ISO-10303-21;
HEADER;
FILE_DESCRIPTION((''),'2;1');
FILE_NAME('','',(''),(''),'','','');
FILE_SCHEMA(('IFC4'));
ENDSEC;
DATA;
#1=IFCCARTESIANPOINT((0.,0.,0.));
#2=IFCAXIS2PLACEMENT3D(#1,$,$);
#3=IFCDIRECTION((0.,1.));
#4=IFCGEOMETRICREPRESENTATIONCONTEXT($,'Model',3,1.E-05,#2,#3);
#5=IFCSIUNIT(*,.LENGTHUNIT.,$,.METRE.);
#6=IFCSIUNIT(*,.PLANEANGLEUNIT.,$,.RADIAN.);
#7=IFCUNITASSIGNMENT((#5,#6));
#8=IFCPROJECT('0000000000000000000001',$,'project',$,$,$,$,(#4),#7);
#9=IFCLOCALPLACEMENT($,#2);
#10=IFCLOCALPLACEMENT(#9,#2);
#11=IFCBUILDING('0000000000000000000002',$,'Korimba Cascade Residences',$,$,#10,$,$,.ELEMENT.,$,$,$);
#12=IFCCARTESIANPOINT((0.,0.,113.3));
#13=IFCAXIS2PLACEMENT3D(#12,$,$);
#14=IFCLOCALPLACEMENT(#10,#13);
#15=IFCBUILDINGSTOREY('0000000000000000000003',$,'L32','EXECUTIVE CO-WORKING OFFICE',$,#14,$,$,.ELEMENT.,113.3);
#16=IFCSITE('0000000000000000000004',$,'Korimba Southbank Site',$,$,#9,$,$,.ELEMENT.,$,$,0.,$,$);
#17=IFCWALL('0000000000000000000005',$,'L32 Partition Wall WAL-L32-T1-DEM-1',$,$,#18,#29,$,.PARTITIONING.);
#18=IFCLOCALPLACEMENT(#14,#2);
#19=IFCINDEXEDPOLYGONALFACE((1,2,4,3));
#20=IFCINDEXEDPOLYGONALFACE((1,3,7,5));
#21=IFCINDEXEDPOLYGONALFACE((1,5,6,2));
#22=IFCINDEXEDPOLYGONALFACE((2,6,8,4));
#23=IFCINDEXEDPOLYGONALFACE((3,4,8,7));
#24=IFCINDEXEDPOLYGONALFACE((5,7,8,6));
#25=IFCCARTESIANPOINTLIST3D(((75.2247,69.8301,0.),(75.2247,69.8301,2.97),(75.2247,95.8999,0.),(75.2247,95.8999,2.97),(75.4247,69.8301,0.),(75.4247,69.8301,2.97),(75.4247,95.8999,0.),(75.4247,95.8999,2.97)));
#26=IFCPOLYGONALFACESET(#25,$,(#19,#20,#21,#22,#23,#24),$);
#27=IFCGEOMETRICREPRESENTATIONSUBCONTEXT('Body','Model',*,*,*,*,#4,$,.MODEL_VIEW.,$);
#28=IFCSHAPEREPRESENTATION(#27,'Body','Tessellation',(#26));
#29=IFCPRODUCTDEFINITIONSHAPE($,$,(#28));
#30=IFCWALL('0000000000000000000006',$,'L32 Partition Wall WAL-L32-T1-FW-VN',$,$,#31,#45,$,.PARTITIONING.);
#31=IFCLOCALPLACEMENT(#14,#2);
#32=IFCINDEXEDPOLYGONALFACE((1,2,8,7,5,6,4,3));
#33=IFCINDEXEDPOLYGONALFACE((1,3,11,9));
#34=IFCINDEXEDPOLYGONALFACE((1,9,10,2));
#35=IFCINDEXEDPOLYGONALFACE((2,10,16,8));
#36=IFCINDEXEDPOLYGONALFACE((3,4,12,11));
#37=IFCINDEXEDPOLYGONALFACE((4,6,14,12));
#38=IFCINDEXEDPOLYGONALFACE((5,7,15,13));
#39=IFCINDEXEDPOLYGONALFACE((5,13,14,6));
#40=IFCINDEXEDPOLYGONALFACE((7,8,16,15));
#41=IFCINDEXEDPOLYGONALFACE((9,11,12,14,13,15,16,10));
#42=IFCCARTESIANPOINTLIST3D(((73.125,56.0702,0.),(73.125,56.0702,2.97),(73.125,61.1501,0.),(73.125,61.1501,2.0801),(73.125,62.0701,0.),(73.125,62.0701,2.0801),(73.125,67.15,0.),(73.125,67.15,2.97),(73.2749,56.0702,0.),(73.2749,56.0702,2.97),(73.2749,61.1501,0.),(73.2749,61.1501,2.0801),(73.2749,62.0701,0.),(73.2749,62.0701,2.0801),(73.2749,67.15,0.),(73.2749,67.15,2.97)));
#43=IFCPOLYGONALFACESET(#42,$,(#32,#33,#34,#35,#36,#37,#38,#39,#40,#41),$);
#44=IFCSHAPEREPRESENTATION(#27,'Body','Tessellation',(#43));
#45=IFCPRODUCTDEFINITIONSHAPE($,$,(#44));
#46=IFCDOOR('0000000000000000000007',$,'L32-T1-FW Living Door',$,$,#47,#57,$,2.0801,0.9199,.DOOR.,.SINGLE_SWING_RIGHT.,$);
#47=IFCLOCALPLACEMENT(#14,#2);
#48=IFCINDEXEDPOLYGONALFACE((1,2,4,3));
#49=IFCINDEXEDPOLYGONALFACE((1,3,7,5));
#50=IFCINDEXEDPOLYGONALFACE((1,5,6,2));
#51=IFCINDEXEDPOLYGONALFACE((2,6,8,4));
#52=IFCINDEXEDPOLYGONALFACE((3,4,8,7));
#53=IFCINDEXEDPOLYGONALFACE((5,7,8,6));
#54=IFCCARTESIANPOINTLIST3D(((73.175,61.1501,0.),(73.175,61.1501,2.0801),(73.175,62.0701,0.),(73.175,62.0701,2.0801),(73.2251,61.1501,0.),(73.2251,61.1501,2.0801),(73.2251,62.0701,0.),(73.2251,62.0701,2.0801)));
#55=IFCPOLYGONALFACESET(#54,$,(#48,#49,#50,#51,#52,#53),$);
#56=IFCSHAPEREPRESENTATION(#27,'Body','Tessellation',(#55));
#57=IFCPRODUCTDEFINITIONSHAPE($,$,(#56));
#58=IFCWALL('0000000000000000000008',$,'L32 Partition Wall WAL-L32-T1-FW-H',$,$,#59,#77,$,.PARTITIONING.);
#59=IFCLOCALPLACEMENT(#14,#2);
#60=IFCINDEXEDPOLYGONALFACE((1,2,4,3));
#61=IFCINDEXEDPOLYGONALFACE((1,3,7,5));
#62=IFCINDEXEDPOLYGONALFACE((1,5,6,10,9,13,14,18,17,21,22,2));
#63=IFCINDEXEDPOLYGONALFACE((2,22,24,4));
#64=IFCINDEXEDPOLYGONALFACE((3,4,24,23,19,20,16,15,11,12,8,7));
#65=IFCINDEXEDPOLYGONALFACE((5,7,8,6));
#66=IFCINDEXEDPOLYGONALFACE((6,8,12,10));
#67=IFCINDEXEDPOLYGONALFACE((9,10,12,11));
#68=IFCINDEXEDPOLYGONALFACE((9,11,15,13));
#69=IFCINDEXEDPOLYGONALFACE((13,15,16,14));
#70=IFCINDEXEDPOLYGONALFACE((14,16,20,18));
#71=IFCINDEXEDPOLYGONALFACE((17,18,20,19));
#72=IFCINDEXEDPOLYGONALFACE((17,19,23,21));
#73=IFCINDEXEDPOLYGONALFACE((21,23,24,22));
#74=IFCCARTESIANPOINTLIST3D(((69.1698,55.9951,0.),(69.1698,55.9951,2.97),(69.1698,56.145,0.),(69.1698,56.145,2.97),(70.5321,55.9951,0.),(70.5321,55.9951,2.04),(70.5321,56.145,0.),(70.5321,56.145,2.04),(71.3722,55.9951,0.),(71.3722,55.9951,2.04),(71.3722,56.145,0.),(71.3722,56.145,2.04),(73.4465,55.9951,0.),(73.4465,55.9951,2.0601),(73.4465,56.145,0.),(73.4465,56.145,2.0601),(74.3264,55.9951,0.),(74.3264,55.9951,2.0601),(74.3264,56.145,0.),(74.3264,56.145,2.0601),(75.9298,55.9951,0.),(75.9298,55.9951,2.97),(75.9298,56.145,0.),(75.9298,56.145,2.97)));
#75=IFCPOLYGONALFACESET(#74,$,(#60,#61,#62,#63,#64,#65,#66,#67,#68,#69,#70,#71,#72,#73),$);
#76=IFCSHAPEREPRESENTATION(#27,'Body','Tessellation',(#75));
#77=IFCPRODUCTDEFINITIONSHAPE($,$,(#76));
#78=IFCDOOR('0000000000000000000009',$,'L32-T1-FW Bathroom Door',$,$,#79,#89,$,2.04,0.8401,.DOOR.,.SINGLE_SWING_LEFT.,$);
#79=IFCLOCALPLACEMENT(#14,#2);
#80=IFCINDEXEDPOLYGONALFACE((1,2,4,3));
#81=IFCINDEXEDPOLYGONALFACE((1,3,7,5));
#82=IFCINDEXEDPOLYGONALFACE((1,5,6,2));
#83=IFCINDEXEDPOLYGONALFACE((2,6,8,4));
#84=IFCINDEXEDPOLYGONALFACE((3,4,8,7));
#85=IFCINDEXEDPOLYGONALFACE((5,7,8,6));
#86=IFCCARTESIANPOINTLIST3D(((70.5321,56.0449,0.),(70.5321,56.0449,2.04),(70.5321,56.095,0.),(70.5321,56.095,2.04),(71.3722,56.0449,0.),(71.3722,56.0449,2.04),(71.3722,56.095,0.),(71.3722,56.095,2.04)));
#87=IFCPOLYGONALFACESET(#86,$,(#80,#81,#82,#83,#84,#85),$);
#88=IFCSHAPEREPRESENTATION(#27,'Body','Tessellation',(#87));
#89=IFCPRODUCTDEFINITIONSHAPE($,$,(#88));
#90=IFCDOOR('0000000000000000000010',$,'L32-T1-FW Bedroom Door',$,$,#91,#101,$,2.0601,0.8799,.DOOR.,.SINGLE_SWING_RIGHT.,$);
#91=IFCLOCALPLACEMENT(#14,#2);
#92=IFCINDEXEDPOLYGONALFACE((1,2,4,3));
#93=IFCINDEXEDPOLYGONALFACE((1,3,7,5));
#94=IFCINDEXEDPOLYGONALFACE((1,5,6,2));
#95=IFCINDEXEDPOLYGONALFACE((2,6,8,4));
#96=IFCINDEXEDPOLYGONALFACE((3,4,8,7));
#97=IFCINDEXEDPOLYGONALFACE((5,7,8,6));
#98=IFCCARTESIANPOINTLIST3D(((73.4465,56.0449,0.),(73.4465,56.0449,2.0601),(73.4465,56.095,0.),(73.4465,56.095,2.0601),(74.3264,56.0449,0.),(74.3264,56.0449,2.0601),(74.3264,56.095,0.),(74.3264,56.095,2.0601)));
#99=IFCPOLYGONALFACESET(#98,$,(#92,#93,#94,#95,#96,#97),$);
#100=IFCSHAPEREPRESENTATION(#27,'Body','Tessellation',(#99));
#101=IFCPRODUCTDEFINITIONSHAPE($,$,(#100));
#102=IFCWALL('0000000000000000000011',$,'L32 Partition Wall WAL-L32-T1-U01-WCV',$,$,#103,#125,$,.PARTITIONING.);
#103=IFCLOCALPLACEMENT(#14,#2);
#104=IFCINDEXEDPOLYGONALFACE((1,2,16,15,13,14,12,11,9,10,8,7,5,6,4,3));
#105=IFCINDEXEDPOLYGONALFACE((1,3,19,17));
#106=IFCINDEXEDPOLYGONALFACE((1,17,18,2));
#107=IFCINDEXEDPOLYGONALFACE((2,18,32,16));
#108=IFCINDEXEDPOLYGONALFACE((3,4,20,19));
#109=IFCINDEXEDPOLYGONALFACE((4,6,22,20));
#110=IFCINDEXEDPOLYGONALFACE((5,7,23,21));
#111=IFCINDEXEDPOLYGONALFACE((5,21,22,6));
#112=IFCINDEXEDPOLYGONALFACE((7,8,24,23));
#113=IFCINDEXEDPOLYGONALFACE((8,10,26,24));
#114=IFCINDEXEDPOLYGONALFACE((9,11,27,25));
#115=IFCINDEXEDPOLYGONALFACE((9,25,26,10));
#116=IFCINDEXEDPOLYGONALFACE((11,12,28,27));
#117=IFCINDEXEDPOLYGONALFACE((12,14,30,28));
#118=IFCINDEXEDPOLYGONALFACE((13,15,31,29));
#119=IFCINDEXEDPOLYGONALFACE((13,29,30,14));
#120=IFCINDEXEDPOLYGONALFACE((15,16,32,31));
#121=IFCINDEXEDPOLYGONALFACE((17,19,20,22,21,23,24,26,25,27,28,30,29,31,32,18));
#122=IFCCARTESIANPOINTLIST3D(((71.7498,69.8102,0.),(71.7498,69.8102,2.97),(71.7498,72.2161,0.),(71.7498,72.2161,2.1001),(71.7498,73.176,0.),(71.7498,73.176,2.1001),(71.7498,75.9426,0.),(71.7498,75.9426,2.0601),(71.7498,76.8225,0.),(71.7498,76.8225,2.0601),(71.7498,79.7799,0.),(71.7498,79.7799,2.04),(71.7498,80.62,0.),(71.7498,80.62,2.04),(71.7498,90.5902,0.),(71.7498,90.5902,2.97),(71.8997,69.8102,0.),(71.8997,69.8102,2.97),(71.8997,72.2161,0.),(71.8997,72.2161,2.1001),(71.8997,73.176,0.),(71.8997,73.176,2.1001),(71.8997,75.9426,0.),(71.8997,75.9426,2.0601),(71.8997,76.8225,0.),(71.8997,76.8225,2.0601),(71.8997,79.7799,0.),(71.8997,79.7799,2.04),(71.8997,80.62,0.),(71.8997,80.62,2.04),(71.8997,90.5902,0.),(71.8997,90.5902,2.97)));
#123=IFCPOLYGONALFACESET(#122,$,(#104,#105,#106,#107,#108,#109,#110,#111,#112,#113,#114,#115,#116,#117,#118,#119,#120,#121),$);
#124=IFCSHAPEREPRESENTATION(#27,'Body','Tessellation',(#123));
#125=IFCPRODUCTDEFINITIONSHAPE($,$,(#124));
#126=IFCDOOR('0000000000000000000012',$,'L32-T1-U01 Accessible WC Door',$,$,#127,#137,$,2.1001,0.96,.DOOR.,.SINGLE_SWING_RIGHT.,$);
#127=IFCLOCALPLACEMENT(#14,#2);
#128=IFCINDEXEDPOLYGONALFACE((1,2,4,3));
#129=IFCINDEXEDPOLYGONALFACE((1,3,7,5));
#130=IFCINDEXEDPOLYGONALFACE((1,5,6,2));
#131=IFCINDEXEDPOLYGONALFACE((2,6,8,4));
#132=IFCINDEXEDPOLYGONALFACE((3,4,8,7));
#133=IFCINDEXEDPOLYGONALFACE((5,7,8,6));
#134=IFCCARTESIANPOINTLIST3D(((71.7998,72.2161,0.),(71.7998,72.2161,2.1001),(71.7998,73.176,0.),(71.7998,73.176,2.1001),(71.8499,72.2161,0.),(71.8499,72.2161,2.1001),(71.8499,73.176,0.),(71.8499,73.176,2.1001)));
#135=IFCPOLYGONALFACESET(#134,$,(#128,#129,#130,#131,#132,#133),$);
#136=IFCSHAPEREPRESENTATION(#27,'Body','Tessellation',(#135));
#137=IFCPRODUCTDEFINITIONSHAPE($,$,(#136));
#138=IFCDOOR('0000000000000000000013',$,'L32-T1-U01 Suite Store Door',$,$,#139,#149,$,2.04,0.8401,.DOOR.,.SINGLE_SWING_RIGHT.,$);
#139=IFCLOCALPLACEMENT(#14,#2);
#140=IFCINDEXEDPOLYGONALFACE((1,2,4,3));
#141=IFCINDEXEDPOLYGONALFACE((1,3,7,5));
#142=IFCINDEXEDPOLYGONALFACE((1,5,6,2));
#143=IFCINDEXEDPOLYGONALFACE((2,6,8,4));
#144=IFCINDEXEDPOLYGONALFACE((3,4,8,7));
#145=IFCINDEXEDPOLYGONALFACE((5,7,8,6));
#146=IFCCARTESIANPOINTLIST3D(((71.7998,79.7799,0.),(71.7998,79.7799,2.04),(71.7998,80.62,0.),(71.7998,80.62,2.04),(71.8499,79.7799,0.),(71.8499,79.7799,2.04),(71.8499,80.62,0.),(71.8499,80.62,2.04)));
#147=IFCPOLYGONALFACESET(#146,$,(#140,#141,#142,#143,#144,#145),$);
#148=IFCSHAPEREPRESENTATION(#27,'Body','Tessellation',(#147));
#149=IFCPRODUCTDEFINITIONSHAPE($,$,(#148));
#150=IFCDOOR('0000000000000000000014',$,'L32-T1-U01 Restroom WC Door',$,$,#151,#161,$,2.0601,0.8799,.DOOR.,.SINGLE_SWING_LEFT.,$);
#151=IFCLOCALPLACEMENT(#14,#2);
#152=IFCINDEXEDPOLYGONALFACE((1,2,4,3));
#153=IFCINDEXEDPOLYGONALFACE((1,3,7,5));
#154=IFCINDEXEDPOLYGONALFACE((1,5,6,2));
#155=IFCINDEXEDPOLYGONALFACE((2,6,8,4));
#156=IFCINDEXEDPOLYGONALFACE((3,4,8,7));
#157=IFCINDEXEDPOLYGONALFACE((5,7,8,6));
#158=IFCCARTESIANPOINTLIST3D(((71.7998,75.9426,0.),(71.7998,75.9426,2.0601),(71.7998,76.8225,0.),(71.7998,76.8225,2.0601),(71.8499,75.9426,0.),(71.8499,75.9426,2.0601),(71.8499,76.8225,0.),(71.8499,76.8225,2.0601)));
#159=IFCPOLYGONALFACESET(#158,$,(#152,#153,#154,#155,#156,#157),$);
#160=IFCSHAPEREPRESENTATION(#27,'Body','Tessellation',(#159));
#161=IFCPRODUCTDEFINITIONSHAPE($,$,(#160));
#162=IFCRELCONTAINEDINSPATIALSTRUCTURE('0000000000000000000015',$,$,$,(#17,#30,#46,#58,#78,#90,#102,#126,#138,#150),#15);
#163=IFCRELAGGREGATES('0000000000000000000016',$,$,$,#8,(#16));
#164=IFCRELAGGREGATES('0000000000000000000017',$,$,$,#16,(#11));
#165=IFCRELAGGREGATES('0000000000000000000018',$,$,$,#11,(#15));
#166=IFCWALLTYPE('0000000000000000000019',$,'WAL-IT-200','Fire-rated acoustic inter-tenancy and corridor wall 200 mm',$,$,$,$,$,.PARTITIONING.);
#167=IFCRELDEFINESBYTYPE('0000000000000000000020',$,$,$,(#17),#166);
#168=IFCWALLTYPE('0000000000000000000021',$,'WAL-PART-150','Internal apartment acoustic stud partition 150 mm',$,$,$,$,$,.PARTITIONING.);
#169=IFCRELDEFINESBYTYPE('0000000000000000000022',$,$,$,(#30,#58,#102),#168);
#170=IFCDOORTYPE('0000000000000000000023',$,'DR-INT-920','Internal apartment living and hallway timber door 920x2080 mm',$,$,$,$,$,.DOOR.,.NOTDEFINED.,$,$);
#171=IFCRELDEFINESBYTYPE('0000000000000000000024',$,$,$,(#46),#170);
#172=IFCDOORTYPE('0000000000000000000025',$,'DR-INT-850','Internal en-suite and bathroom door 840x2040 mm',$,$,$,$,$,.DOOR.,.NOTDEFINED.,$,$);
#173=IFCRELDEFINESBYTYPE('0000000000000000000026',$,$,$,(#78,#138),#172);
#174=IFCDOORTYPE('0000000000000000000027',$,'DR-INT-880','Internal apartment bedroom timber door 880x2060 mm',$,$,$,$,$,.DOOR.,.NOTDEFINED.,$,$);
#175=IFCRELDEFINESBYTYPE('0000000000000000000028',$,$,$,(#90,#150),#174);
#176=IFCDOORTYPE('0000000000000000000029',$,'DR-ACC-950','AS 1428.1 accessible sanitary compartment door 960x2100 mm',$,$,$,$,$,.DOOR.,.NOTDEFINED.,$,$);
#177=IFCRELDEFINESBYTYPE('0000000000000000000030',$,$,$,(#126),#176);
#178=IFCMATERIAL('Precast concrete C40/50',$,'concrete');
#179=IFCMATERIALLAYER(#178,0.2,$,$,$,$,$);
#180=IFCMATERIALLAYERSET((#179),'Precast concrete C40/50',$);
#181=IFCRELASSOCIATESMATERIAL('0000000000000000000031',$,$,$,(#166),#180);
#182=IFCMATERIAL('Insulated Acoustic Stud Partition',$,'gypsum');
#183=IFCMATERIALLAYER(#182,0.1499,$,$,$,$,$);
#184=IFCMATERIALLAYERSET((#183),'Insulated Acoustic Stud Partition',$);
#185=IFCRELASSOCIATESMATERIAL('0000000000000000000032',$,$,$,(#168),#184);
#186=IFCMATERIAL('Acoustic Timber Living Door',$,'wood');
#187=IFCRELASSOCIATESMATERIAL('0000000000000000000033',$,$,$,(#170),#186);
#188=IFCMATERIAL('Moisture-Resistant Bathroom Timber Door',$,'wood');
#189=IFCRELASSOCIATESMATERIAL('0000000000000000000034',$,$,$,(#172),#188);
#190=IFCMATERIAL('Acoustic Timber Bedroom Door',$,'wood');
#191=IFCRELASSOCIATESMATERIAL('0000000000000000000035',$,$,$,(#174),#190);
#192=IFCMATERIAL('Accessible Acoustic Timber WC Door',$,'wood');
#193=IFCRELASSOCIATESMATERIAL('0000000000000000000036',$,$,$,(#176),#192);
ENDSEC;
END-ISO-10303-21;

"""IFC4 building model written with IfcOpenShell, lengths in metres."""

from ifc_helpers import new_model, si_unit, direction, frame, frame_2d, origin, place, context, subcontext, project, spatial, rectangle, extrude, material, layer, layer_set, type_object, element, fill, save


model = new_model("IFC4")

# Units and contexts
model_context = context("Model", 3, precision=1e-05, world=origin(), true_north=direction((0.0, 1.0)))
body_context = subcontext(model_context, "Body", "Model", "MODEL_VIEW")
ifc_project = project(units=[si_unit("LENGTHUNIT", "METRE"), si_unit("PLANEANGLEUNIT", "RADIAN")], contexts=[model_context])

# Site, building, storey
site_placement = place(None, origin())
site = spatial("IfcSite", under=ifc_project, at=site_placement, Name="Korimba Southbank Site", CompositionType="ELEMENT", RefElevation=0.0)
building_placement = place(site_placement, origin())
building = spatial("IfcBuilding", under=site, at=building_placement, Name="Korimba Cascade Residences", CompositionType="ELEMENT")
storey_placement = place(building_placement, frame((0.0, 0.0, 113.3)))
storey = spatial("IfcBuildingStorey", under=building, at=storey_placement, Name="L32", Description="EXECUTIVE CO-WORKING OFFICE", CompositionType="ELEMENT", Elevation=113.3)

# Wall
ifc_material_1 = material(Name="Precast concrete C40/50", Category="concrete")
ifc_layer_1 = layer(ifc_material_1, 0.2)
ifc_layer_set_1 = layer_set([ifc_layer_1], Name="Precast concrete C40/50")
wall_type_1 = type_object("IfcWallType", Name="WAL-IT-200", Description="Fire-rated acoustic inter-tenancy and corridor wall 200 mm", PredefinedType="PARTITIONING", material=ifc_layer_set_1)
wall_1_placement = place(storey_placement, frame((75.3247, 69.8301, 0.0), z_axis=(0.0, 0.0, 1.0), x_axis=(0.0, 1.0, 0.0)))
element("IfcWall", 1, at=wall_1_placement, inside=storey, type_object=wall_type_1, Name="L32 Partition Wall WAL-L32-T1-DEM-1", PredefinedType="PARTITIONING", context=body_context, shape_type="SweptSolid", body=[
    extrude(rectangle(XDim=26.0698, YDim=0.2, at=frame_2d((13.0349, 0.0))), origin(), (0.0, 0.0, 1.0), 2.97),
])

# Wall, opening, door
ifc_material_2 = material(Name="Insulated Acoustic Stud Partition", Category="gypsum")
ifc_layer_2 = layer(ifc_material_2, 0.1499)
ifc_layer_set_2 = layer_set([ifc_layer_2], Name="Insulated Acoustic Stud Partition")
wall_type_2 = type_object("IfcWallType", Name="WAL-PART-150", Description="Internal apartment acoustic stud partition 150 mm", PredefinedType="PARTITIONING", material=ifc_layer_set_2)
wall_2_placement = place(storey_placement, frame((73.2, 56.0701, 0.0), z_axis=(0.0, 0.0, 1.0), x_axis=(0.0, 1.0, 0.0)))
wall_2 = element("IfcWall", 2, at=wall_2_placement, inside=storey, type_object=wall_type_2, Name="L32 Partition Wall WAL-L32-T1-FW-VN", PredefinedType="PARTITIONING", context=body_context, shape_type="SweptSolid", body=[
    extrude(rectangle(XDim=11.0798, YDim=0.1499, at=frame_2d((5.54, 0.0))), origin(), (0.0, 0.0, 1.0), 2.97),
])
opening_1_placement = place(wall_2_placement, frame((5.0801, 0.0, 0.0)))
opening_1 = element("IfcOpeningElement", 3, at=opening_1_placement, cuts=wall_2, PredefinedType="OPENING", context=body_context, shape_type="SweptSolid", body=[
    extrude(rectangle(XDim=0.9199, YDim=2.0801, at=frame_2d((0.46, 1.04))), frame((0.0, 0.085, 0.0), z_axis=(0.0, -1.0, 0.0), x_axis=(1.0, 0.0, 0.0)), (0.0, 0.0, 1.0), 0.1699),
])
ifc_material_3 = material(Name="Acoustic Timber Living Door", Category="wood")
door_type_1 = type_object("IfcDoorType", Name="DR-INT-920", Description="Internal apartment living and hallway timber door 920x2080 mm", OperationType="NOTDEFINED", PredefinedType="DOOR", material=ifc_material_3)
door_1_placement = place(opening_1_placement, origin())
door_1 = element("IfcDoor", 4, at=door_1_placement, inside=storey, type_object=door_type_1, Name="L32-T1-FW Living Door", OperationType="SINGLE_SWING_RIGHT", OverallHeight=2.0801, OverallWidth=0.9199, PredefinedType="DOOR", context=body_context, shape_type="SweptSolid", body=[
    extrude(rectangle(XDim=0.9199, YDim=2.0801, at=frame_2d((0.46, 1.04))), frame((0.0, 0.0249, 0.0), z_axis=(0.0, -1.0, 0.0), x_axis=(1.0, 0.0, 0.0)), (0.0, 0.0, 1.0), 0.05),
])
fill(opening_1, door_1)

# Walls, openings, doors
wall_3_placement = place(storey_placement, frame((69.1699, 56.0701, 0.0), z_axis=(0.0, 0.0, 1.0), x_axis=(1.0, 0.0, 0.0)))
wall_3 = element("IfcWall", 5, at=wall_3_placement, inside=storey, type_object=wall_type_2, Name="L32 Partition Wall WAL-L32-T1-FW-H", PredefinedType="PARTITIONING", context=body_context, shape_type="SweptSolid", body=[
    extrude(rectangle(XDim=6.76, YDim=0.1499, at=frame_2d((3.3799, 0.0))), origin(), (0.0, 0.0, 1.0), 2.97),
])
opening_2_placement = place(wall_3_placement, frame((1.3623, 0.0, 0.0)))
opening_2 = element("IfcOpeningElement", 6, at=opening_2_placement, cuts=wall_3, PredefinedType="OPENING", context=body_context, shape_type="SweptSolid", body=[
    extrude(rectangle(XDim=0.8401, YDim=2.04, at=frame_2d((0.4199, 1.02))), frame((0.0, 0.085, 0.0), z_axis=(0.0, -1.0, 0.0), x_axis=(1.0, 0.0, 0.0)), (0.0, 0.0, 1.0), 0.1699),
])
opening_3_placement = place(wall_3_placement, frame((4.2766, 0.0, 0.0)))
opening_3 = element("IfcOpeningElement", 7, at=opening_3_placement, cuts=wall_3, PredefinedType="OPENING", context=body_context, shape_type="SweptSolid", body=[
    extrude(rectangle(XDim=0.8799, YDim=2.0601, at=frame_2d((0.4399, 1.03))), frame((0.0, 0.085, 0.0), z_axis=(0.0, -1.0, 0.0), x_axis=(1.0, 0.0, 0.0)), (0.0, 0.0, 1.0), 0.1699),
])
ifc_material_4 = material(Name="Moisture-Resistant Bathroom Timber Door", Category="wood")
door_type_2 = type_object("IfcDoorType", Name="DR-INT-850", Description="Internal en-suite and bathroom door 840x2040 mm", OperationType="NOTDEFINED", PredefinedType="DOOR", material=ifc_material_4)
door_2_placement = place(opening_2_placement, origin())
door_2 = element("IfcDoor", 8, at=door_2_placement, inside=storey, type_object=door_type_2, Name="L32-T1-FW Bathroom Door", OperationType="SINGLE_SWING_LEFT", OverallHeight=2.04, OverallWidth=0.8401, PredefinedType="DOOR", context=body_context, shape_type="SweptSolid", body=[
    extrude(rectangle(XDim=0.8401, YDim=2.04, at=frame_2d((0.4199, 1.02))), frame((0.0, 0.0249, 0.0), z_axis=(0.0, -1.0, 0.0), x_axis=(1.0, 0.0, 0.0)), (0.0, 0.0, 1.0), 0.05),
])
fill(opening_2, door_2)
ifc_material_5 = material(Name="Acoustic Timber Bedroom Door", Category="wood")
door_type_3 = type_object("IfcDoorType", Name="DR-INT-880", Description="Internal apartment bedroom timber door 880x2060 mm", OperationType="NOTDEFINED", PredefinedType="DOOR", material=ifc_material_5)
door_3_placement = place(opening_3_placement, origin())
door_3 = element("IfcDoor", 9, at=door_3_placement, inside=storey, type_object=door_type_3, Name="L32-T1-FW Bedroom Door", OperationType="SINGLE_SWING_RIGHT", OverallHeight=2.0601, OverallWidth=0.8799, PredefinedType="DOOR", context=body_context, shape_type="SweptSolid", body=[
    extrude(rectangle(XDim=0.8799, YDim=2.0601, at=frame_2d((0.4399, 1.03))), frame((0.0, 0.0249, 0.0), z_axis=(0.0, -1.0, 0.0), x_axis=(1.0, 0.0, 0.0)), (0.0, 0.0, 1.0), 0.05),
])
fill(opening_3, door_3)
wall_4_placement = place(storey_placement, frame((71.8247, 69.8101, 0.0), z_axis=(0.0, 0.0, 1.0), x_axis=(0.0, 1.0, 0.0)))
wall_4 = element("IfcWall", 10, at=wall_4_placement, inside=storey, type_object=wall_type_2, Name="L32 Partition Wall WAL-L32-T1-U01-WCV", PredefinedType="PARTITIONING", context=body_context, shape_type="SweptSolid", body=[
    extrude(rectangle(XDim=20.78, YDim=0.1499, at=frame_2d((10.3901, 0.0))), origin(), (0.0, 0.0, 1.0), 2.97),
])
opening_4_placement = place(wall_4_placement, frame((2.406, 0.0, 0.0)))
opening_4 = element("IfcOpeningElement", 11, at=opening_4_placement, cuts=wall_4, PredefinedType="OPENING", context=body_context, shape_type="SweptSolid", body=[
    extrude(rectangle(XDim=0.96, YDim=2.1001, at=frame_2d((0.48, 1.05))), frame((0.0, 0.085, 0.0), z_axis=(0.0, -1.0, 0.0), x_axis=(1.0, 0.0, 0.0)), (0.0, 0.0, 1.0), 0.1699),
])
opening_5_placement = place(wall_4_placement, frame((6.1326, 0.0, 0.0)))
opening_5 = element("IfcOpeningElement", 12, at=opening_5_placement, cuts=wall_4, PredefinedType="OPENING", context=body_context, shape_type="SweptSolid", body=[
    extrude(rectangle(XDim=0.8799, YDim=2.0601, at=frame_2d((0.4399, 1.03))), frame((0.0, 0.085, 0.0), z_axis=(0.0, -1.0, 0.0), x_axis=(1.0, 0.0, 0.0)), (0.0, 0.0, 1.0), 0.1699),
])
opening_6_placement = place(wall_4_placement, frame((9.97, 0.0, 0.0)))
opening_6 = element("IfcOpeningElement", 13, at=opening_6_placement, cuts=wall_4, PredefinedType="OPENING", context=body_context, shape_type="SweptSolid", body=[
    extrude(rectangle(XDim=0.8401, YDim=2.04, at=frame_2d((0.4199, 1.02))), frame((0.0, 0.085, 0.0), z_axis=(0.0, -1.0, 0.0), x_axis=(1.0, 0.0, 0.0)), (0.0, 0.0, 1.0), 0.1699),
])
ifc_material_6 = material(Name="Accessible Acoustic Timber WC Door", Category="wood")
door_type_4 = type_object("IfcDoorType", Name="DR-ACC-950", Description="AS 1428.1 accessible sanitary compartment door 960x2100 mm", OperationType="NOTDEFINED", PredefinedType="DOOR", material=ifc_material_6)
door_4_placement = place(opening_4_placement, origin())
door_4 = element("IfcDoor", 14, at=door_4_placement, inside=storey, type_object=door_type_4, Name="L32-T1-U01 Accessible WC Door", OperationType="SINGLE_SWING_RIGHT", OverallHeight=2.1001, OverallWidth=0.96, PredefinedType="DOOR", context=body_context, shape_type="SweptSolid", body=[
    extrude(rectangle(XDim=0.96, YDim=2.1001, at=frame_2d((0.48, 1.05))), frame((0.0, 0.0249, 0.0), z_axis=(0.0, -1.0, 0.0), x_axis=(1.0, 0.0, 0.0)), (0.0, 0.0, 1.0), 0.05),
])
fill(opening_4, door_4)
door_5_placement = place(opening_6_placement, origin())
door_5 = element("IfcDoor", 15, at=door_5_placement, inside=storey, type_object=door_type_2, Name="L32-T1-U01 Suite Store Door", OperationType="SINGLE_SWING_RIGHT", OverallHeight=2.04, OverallWidth=0.8401, PredefinedType="DOOR", context=body_context, shape_type="SweptSolid", body=[
    extrude(rectangle(XDim=0.8401, YDim=2.04, at=frame_2d((0.4199, 1.02))), frame((0.0, 0.0249, 0.0), z_axis=(0.0, -1.0, 0.0), x_axis=(1.0, 0.0, 0.0)), (0.0, 0.0, 1.0), 0.05),
])
fill(opening_6, door_5)
door_6_placement = place(opening_5_placement, origin())
door_6 = element("IfcDoor", 16, at=door_6_placement, inside=storey, type_object=door_type_3, Name="L32-T1-U01 Restroom WC Door", OperationType="SINGLE_SWING_LEFT", OverallHeight=2.0601, OverallWidth=0.8799, PredefinedType="DOOR", context=body_context, shape_type="SweptSolid", body=[
    extrude(rectangle(XDim=0.8799, YDim=2.0601, at=frame_2d((0.4399, 1.03))), frame((0.0, 0.0249, 0.0), z_axis=(0.0, -1.0, 0.0), x_axis=(1.0, 0.0, 0.0)), (0.0, 0.0, 1.0), 0.05),
])
fill(opening_5, door_6)

save(model, "model.ifc")
